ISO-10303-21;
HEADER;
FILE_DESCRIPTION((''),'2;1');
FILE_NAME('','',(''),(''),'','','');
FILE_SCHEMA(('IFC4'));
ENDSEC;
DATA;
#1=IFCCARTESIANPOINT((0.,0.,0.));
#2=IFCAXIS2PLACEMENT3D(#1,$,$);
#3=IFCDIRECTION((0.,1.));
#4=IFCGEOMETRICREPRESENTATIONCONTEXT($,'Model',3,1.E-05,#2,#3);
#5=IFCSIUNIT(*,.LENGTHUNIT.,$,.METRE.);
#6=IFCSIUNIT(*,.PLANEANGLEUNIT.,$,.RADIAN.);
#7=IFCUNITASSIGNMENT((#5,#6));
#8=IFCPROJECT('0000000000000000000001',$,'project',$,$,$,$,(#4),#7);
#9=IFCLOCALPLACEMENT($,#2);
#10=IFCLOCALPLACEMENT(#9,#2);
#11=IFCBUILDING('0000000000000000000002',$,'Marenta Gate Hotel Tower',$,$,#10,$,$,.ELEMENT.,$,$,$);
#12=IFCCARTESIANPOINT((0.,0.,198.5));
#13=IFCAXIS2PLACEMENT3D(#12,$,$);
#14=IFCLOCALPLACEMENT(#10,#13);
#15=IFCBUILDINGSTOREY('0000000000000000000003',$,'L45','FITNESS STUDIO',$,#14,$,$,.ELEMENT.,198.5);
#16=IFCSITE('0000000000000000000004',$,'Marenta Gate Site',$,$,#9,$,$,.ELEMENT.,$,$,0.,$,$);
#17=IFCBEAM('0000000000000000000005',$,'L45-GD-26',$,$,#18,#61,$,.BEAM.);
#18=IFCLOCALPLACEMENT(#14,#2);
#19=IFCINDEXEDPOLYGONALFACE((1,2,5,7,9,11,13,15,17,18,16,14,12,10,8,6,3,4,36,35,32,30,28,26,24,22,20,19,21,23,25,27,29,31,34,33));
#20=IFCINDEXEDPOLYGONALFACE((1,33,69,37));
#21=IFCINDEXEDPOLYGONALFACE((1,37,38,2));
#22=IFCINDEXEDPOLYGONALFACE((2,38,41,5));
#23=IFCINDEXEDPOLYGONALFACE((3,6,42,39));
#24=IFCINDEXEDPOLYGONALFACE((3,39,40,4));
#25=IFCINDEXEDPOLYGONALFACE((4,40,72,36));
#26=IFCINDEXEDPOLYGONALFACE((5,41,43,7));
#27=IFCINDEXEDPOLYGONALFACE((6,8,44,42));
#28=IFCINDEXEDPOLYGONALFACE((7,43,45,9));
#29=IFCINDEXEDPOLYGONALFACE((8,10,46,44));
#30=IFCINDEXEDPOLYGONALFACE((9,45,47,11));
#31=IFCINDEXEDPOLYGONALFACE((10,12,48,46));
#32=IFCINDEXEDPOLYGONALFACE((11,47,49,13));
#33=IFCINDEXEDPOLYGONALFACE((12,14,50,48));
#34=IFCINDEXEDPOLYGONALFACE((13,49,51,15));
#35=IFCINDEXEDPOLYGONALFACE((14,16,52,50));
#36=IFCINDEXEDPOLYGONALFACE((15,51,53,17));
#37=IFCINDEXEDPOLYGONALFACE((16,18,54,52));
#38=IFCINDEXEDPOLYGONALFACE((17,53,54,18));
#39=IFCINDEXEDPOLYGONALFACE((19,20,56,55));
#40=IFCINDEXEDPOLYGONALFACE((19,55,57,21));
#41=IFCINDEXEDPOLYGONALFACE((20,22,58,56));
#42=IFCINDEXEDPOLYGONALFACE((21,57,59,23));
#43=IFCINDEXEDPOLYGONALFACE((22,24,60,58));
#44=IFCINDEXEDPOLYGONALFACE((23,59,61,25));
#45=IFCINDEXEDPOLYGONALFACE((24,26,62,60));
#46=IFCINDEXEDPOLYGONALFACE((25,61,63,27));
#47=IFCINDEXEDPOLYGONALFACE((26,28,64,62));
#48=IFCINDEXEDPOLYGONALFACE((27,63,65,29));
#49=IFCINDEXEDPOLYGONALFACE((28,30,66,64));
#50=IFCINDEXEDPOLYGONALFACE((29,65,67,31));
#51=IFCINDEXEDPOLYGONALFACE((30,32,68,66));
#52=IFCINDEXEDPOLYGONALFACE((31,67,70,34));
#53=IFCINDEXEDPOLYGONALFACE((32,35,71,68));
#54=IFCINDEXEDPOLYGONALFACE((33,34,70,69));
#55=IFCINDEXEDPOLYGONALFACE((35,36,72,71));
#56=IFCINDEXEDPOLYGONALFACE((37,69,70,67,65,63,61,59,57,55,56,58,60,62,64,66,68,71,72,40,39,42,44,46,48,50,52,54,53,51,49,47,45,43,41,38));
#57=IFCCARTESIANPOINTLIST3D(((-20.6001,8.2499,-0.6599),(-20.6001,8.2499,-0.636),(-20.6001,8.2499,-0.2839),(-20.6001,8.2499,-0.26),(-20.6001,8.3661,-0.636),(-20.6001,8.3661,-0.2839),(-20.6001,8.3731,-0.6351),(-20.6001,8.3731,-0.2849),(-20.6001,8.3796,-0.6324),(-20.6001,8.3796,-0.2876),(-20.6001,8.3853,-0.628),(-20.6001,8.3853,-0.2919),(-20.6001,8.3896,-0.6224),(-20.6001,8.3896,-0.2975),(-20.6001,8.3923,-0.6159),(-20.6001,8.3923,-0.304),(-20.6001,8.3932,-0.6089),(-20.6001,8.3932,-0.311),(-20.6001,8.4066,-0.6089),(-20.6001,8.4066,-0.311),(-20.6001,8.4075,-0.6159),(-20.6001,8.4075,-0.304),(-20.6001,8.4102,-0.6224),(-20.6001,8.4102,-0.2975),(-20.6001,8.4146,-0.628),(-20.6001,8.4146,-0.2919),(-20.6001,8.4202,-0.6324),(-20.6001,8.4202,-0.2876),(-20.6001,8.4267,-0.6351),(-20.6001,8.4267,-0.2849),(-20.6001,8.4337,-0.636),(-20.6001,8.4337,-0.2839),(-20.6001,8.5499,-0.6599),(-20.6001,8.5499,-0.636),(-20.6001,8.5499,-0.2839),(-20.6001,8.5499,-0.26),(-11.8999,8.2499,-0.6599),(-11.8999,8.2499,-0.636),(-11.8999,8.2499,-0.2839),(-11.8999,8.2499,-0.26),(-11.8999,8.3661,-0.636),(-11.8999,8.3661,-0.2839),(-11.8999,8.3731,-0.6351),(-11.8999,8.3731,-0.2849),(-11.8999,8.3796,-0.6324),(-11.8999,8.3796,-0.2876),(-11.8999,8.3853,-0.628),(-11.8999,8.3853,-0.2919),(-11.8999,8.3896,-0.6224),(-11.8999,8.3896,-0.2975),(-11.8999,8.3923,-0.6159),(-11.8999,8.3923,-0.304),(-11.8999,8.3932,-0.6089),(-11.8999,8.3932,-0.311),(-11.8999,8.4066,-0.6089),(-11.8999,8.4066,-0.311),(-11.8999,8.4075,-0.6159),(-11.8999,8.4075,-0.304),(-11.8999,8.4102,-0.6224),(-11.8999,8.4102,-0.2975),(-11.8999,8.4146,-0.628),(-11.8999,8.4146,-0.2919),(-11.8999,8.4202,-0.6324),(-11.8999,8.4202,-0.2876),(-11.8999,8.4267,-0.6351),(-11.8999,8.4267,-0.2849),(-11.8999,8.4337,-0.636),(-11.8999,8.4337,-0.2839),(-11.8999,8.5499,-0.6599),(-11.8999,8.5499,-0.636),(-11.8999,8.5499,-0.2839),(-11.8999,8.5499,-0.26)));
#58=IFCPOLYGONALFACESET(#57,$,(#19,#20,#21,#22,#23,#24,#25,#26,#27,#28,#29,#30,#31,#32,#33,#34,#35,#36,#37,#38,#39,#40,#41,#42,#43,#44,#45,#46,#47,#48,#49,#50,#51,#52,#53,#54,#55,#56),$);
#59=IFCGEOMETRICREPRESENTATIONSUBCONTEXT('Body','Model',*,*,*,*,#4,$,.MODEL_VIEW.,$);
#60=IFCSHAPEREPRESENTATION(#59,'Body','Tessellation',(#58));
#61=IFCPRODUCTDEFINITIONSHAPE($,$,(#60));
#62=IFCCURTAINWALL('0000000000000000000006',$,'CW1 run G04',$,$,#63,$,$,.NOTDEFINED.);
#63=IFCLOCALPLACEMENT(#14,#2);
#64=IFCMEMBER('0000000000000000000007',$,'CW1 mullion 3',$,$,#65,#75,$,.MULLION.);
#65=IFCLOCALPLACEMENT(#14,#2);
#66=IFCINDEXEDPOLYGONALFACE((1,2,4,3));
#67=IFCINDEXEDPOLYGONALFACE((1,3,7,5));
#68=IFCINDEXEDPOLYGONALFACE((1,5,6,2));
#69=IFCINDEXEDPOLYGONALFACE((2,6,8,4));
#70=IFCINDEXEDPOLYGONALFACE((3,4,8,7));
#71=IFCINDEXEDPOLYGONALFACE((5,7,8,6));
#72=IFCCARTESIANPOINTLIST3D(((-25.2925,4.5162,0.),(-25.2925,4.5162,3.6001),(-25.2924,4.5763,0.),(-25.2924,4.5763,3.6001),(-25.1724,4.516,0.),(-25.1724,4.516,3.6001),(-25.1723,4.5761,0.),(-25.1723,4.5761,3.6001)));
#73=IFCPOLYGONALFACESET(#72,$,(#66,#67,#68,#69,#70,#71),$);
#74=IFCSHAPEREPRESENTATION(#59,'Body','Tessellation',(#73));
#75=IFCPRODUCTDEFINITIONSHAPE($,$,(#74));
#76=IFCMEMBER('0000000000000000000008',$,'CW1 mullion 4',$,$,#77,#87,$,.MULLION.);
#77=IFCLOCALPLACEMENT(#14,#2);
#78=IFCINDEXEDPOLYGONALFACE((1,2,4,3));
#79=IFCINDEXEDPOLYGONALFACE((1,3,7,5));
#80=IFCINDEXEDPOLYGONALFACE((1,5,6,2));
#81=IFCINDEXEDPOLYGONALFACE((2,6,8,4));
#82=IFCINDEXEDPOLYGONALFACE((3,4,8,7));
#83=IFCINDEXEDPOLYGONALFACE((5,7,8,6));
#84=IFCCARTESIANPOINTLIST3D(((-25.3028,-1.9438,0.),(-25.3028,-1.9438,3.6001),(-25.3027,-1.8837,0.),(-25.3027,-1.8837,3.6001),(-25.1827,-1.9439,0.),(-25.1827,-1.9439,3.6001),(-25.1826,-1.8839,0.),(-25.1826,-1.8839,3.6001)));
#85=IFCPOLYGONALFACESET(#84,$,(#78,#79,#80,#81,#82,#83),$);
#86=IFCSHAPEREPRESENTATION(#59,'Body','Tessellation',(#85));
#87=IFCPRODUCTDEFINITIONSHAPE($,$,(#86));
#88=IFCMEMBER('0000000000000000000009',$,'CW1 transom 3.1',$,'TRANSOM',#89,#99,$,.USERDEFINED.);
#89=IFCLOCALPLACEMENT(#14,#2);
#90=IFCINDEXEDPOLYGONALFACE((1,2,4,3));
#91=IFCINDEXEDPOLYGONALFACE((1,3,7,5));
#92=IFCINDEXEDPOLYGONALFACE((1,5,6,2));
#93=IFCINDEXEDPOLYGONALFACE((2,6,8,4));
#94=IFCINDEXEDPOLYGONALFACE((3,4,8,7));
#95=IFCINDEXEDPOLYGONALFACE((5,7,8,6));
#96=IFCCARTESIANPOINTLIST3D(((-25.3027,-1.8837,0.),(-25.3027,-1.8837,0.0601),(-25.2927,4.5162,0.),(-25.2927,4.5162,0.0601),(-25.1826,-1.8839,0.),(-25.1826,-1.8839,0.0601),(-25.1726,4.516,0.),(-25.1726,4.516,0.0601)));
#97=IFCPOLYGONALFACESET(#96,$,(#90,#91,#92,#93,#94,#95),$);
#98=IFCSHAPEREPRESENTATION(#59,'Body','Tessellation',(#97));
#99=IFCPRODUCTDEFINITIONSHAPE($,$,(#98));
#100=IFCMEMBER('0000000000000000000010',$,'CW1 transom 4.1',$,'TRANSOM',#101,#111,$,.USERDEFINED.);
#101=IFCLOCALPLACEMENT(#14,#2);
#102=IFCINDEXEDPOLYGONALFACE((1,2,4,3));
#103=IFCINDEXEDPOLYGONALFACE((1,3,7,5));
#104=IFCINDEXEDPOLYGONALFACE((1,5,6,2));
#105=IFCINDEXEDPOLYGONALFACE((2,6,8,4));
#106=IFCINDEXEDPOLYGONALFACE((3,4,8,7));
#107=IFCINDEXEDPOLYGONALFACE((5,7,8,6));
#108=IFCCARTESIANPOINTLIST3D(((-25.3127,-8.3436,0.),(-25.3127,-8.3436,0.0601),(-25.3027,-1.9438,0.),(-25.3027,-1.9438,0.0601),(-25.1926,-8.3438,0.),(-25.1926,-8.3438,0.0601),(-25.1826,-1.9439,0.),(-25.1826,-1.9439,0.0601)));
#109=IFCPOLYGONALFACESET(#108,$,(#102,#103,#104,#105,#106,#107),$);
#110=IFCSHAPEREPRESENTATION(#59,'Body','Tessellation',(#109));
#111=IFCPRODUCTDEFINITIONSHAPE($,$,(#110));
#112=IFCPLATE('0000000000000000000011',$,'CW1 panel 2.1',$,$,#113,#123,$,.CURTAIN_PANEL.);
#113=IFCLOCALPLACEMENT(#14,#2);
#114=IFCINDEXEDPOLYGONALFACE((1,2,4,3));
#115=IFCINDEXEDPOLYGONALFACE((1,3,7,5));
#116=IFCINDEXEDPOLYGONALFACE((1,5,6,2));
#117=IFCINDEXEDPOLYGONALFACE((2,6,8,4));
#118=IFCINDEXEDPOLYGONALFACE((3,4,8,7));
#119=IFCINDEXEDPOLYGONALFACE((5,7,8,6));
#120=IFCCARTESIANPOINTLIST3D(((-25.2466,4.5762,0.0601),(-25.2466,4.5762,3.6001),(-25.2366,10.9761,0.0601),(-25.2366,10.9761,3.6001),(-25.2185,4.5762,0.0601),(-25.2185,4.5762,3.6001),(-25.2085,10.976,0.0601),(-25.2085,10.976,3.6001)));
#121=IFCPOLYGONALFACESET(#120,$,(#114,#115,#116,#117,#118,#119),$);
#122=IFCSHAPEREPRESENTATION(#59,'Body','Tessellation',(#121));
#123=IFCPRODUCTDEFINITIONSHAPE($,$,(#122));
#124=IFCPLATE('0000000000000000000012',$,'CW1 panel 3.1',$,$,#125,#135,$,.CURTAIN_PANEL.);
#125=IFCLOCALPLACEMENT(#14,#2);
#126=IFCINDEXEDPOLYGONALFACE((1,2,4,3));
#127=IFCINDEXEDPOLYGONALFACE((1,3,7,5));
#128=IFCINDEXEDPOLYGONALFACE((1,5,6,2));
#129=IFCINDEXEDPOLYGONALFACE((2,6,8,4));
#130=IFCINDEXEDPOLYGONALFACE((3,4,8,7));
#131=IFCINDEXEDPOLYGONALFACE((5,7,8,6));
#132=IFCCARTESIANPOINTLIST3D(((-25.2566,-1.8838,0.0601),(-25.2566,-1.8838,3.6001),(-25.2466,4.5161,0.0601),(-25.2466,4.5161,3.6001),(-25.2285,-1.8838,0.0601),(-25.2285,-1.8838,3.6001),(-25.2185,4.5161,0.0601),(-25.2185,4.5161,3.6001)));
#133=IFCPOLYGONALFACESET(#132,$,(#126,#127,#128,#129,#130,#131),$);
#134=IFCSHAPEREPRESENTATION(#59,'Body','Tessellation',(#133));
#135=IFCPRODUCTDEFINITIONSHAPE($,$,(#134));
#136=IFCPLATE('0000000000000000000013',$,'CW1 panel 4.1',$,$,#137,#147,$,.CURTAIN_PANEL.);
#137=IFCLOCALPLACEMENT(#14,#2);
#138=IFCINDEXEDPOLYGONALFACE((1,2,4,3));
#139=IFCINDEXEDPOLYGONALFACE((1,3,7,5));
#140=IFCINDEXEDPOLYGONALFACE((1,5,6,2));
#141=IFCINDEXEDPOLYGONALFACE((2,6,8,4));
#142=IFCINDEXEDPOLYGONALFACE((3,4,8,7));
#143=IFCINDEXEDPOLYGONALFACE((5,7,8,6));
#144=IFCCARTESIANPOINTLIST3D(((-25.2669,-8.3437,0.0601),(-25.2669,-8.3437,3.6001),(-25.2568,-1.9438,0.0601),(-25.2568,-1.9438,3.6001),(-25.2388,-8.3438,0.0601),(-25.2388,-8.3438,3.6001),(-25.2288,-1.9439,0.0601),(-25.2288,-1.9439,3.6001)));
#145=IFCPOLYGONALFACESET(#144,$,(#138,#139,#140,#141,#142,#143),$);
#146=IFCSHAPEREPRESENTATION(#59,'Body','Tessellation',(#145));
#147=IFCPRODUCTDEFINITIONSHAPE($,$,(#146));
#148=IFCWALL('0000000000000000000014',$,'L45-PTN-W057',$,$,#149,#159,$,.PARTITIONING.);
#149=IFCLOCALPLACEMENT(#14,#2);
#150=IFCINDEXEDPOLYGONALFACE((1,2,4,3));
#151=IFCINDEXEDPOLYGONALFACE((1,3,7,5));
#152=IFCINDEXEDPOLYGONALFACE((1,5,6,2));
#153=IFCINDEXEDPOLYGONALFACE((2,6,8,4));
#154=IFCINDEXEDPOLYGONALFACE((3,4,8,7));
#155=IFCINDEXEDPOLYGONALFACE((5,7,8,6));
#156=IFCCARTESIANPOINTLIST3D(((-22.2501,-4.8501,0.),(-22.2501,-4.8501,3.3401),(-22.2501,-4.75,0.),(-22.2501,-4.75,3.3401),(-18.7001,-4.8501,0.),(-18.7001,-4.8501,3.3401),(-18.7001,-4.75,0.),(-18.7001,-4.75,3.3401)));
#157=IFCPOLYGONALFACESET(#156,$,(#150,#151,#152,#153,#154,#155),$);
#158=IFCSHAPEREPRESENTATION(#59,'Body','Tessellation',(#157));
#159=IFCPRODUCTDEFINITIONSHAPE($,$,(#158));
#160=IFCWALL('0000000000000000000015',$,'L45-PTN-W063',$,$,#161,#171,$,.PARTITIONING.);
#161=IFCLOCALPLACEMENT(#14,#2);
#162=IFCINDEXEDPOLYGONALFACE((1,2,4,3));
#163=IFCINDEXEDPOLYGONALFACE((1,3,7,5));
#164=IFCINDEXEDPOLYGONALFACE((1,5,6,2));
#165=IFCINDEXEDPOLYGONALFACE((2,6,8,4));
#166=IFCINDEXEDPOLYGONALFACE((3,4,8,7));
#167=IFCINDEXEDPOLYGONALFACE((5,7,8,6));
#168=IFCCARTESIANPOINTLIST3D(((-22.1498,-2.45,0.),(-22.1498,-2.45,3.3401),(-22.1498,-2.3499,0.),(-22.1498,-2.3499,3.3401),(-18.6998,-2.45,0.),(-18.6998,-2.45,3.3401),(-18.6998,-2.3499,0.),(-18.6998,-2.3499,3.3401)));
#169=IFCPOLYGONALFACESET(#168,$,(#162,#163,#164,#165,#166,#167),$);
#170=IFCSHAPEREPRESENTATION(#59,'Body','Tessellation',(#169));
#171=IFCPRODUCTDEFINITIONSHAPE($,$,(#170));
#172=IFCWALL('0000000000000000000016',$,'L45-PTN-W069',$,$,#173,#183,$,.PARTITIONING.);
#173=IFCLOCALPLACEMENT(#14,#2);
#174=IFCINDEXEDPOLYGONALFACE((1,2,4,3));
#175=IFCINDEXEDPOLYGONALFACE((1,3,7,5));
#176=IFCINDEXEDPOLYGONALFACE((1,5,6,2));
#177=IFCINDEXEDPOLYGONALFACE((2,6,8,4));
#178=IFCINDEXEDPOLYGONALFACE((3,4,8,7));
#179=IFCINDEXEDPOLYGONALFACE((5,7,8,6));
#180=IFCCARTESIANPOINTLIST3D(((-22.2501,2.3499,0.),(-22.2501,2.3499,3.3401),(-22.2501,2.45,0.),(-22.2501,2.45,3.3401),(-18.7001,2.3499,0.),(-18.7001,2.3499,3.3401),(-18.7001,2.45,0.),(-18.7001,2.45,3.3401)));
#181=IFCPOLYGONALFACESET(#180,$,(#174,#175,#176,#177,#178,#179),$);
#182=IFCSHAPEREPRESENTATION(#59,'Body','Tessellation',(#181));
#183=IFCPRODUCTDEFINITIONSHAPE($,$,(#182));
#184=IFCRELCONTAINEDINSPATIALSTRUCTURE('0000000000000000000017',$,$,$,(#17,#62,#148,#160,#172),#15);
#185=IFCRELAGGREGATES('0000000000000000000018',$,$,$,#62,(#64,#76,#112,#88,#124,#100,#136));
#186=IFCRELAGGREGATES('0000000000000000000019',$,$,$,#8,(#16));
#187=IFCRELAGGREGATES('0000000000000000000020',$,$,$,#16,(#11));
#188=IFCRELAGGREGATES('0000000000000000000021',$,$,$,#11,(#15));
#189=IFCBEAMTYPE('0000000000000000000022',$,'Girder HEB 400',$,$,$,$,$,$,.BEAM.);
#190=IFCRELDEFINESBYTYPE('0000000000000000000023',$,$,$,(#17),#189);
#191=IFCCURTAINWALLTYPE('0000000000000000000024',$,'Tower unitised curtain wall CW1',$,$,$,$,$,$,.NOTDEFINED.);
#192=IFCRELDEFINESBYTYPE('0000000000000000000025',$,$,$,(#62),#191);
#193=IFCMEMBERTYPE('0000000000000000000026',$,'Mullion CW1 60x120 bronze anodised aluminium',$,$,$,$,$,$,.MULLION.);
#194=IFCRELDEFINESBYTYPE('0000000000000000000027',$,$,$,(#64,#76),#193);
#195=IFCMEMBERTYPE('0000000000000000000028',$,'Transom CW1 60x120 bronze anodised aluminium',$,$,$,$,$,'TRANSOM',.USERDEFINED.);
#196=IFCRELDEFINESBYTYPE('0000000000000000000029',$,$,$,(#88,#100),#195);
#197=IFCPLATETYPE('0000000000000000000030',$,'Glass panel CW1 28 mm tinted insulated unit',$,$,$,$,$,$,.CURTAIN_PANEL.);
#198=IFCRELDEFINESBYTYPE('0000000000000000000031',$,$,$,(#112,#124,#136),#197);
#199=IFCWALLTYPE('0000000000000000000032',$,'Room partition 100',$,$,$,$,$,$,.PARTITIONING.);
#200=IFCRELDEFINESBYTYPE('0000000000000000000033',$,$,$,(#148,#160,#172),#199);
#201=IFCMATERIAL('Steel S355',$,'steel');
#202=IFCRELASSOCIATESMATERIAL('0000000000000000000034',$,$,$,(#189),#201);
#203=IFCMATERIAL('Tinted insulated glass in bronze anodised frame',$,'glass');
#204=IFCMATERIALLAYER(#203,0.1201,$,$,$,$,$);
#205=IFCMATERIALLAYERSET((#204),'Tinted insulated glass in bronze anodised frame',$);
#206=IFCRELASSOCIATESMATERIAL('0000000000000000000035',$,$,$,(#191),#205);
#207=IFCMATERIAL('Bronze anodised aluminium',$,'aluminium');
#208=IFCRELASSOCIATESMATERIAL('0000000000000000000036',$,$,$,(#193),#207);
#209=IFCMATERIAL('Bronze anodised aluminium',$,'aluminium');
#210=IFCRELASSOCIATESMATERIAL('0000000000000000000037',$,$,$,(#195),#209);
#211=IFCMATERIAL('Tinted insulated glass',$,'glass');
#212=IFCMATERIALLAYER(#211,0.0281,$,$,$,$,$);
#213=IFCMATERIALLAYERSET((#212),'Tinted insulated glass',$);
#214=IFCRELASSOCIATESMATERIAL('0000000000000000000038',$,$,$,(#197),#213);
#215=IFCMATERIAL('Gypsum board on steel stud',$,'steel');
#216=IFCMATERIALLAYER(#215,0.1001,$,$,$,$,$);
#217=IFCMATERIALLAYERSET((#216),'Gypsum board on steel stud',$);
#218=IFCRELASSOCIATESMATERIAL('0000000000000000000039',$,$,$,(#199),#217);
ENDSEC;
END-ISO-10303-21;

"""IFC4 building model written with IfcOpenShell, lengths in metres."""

from ifc_helpers import new_model, si_unit, direction, frame, frame_2d, origin, origin_2d, place, context, subcontext, project, spatial, rectangle, i_section, extrude, material, layer, layer_set, material_profile, profile_set, type_object, element, aggregate, save


model = new_model("IFC4")

# Units and contexts
model_context = context("Model", 3, precision=1e-05, world=origin(), true_north=direction((0.0, 1.0)))
body_context = subcontext(model_context, "Body", "Model", "MODEL_VIEW")
ifc_project = project(units=[si_unit("LENGTHUNIT", "METRE"), si_unit("PLANEANGLEUNIT", "RADIAN")], contexts=[model_context])

# Site, building, storey
site_placement = place(None, origin())
site = spatial("IfcSite", under=ifc_project, at=site_placement, Name="Marenta Gate Site", CompositionType="ELEMENT", RefElevation=0.0)
building_placement = place(site_placement, origin())
building = spatial("IfcBuilding", under=site, at=building_placement, Name="Marenta Gate Hotel Tower", CompositionType="ELEMENT")
storey_placement = place(building_placement, frame((0.0, 0.0, 198.5)))
storey = spatial("IfcBuildingStorey", under=building, at=storey_placement, Name="L45", Description="FITNESS STUDIO", CompositionType="ELEMENT", Elevation=198.5)

# Beam
ifc_material_1 = material(Name="Steel S355", Category="steel")
ifc_material_profile_1 = material_profile(ifc_material_1, i_section(OverallWidth=0.3, OverallDepth=0.3999, WebThickness=0.0134, FlangeThickness=0.0239, FilletRadius=0.0271, at=origin_2d()), Name="HEB 400")
ifc_profile_set_1 = profile_set([ifc_material_profile_1], Name="Steel S355")
beam_type_1 = type_object("IfcBeamType", Name="Girder HEB 400", PredefinedType="BEAM", material=ifc_profile_set_1)
beam_1_placement = place(storey_placement, frame((-20.6001, 8.3999, -0.46), z_axis=(1.0, 0.0, 0.0), x_axis=(0.0, 1.0, 0.0)))
element("IfcBeam", 1, at=beam_1_placement, inside=storey, type_object=beam_type_1, Name="L45-GD-26", PredefinedType="BEAM", context=body_context, shape_type="SweptSolid", body=[
    extrude(i_section(OverallWidth=0.3, OverallDepth=0.3999, WebThickness=0.0134, FlangeThickness=0.0239, FilletRadius=0.0271, at=origin_2d()), origin(), (0.0, 0.0, 1.0), 8.7002),
])

# Curtain wall, members, plates
ifc_material_2 = material(Name="Tinted insulated glass in bronze anodised frame", Category="glass")
ifc_layer_1 = layer(ifc_material_2, 0.1201)
ifc_layer_set_1 = layer_set([ifc_layer_1], Name="Tinted insulated glass in bronze anodised frame")
curtain_wall_type = type_object("IfcCurtainWallType", Name="Tower unitised curtain wall CW1", PredefinedType="NOTDEFINED", material=ifc_layer_set_1)
curtain_wall_placement = place(storey_placement, origin())
curtain_wall = element("IfcCurtainWall", 2, at=curtain_wall_placement, inside=storey, type_object=curtain_wall_type, Name="CW1 run G04", PredefinedType="NOTDEFINED")
ifc_material_3 = material(Name="Bronze anodised aluminium", Category="aluminium")
ifc_material_profile_2 = material_profile(ifc_material_3, rectangle(XDim=0.1201, YDim=0.0601, at=origin_2d()), Name="Mullion CW1 60x120 bronze anodised aluminium")
ifc_profile_set_2 = profile_set([ifc_material_profile_2], Name="Bronze anodised aluminium")
member_type_1 = type_object("IfcMemberType", Name="Mullion CW1 60x120 bronze anodised aluminium", PredefinedType="MULLION", material=ifc_profile_set_2)
member_1_placement = place(storey_placement, frame((-25.2324, 4.5461, 0.0), z_axis=(0.0, 0.0, 1.0), x_axis=(0.999999, -0.001566, 0.0)))
member_1 = element("IfcMember", 3, at=member_1_placement, type_object=member_type_1, Name="CW1 mullion 3", PredefinedType="MULLION", context=body_context, shape_type="SweptSolid", body=[
    extrude(rectangle(XDim=0.1201, YDim=0.0601, at=origin_2d()), origin(), (0.0, 0.0, 1.0), 3.6001),
])
member_2_placement = place(storey_placement, frame((-25.2427, -1.9138, 0.0), z_axis=(0.0, 0.0, 1.0), x_axis=(0.999999, -0.001566, 0.0)))
member_2 = element("IfcMember", 4, at=member_2_placement, type_object=member_type_1, Name="CW1 mullion 4", PredefinedType="MULLION", context=body_context, shape_type="SweptSolid", body=[
    extrude(rectangle(XDim=0.1201, YDim=0.0601, at=origin_2d()), origin(), (0.0, 0.0, 1.0), 3.6001),
])
ifc_material_4 = material(Name="Bronze anodised aluminium", Category="aluminium")
ifc_material_profile_3 = material_profile(ifc_material_4, rectangle(XDim=0.1201, YDim=0.0601, at=origin_2d()), Name="Transom CW1 60x120 bronze anodised aluminium")
ifc_profile_set_3 = profile_set([ifc_material_profile_3], Name="Bronze anodised aluminium")
member_type_2 = type_object("IfcMemberType", Name="Transom CW1 60x120 bronze anodised aluminium", ElementType="TRANSOM", PredefinedType="USERDEFINED", material=ifc_profile_set_3)
member_3_placement = place(storey_placement, frame((-25.2327, 4.5161, 0.03), z_axis=(-0.001564, -0.999999, 0.0), x_axis=(0.999999, -0.001564, 0.0)))
member_3 = element("IfcMember", 5, at=member_3_placement, type_object=member_type_2, Name="CW1 transom 3.1", ObjectType="TRANSOM", PredefinedType="USERDEFINED", context=body_context, shape_type="SweptSolid", body=[
    extrude(rectangle(XDim=0.1201, YDim=0.0601, at=origin_2d()), origin(), (0.0, 0.0, 1.0), 6.3999),
])
member_4_placement = place(storey_placement, frame((-25.2427, -1.9438, 0.03), z_axis=(-0.001564, -0.999999, 0.0), x_axis=(0.999999, -0.001564, 0.0)))
member_4 = element("IfcMember", 6, at=member_4_placement, type_object=member_type_2, Name="CW1 transom 4.1", ObjectType="TRANSOM", PredefinedType="USERDEFINED", context=body_context, shape_type="SweptSolid", body=[
    extrude(rectangle(XDim=0.1201, YDim=0.0601, at=origin_2d()), origin(), (0.0, 0.0, 1.0), 6.3999),
])
ifc_material_5 = material(Name="Tinted insulated glass", Category="glass")
ifc_layer_2 = layer(ifc_material_5, 0.0281)
ifc_layer_set_2 = layer_set([ifc_layer_2], Name="Tinted insulated glass")
plate_type = type_object("IfcPlateType", Name="Glass panel CW1 28 mm tinted insulated unit", PredefinedType="CURTAIN_PANEL", material=ifc_layer_set_2)
plate_1_placement = place(storey_placement, frame((-25.2275, 7.7761, 0.0601), z_axis=(0.0, 0.0, 1.0), x_axis=(-0.001566, -0.999999, 0.0)))
plate_1 = element("IfcPlate", 7, at=plate_1_placement, type_object=plate_type, Name="CW1 panel 2.1", PredefinedType="CURTAIN_PANEL", context=body_context, shape_type="SweptSolid", body=[
    extrude(rectangle(XDim=6.3999, YDim=0.0281, at=origin_2d()), origin(), (0.0, 0.0, 1.0), 3.54),
])
plate_2_placement = place(storey_placement, frame((-25.2375, 1.3162, 0.0601), z_axis=(0.0, 0.0, 1.0), x_axis=(-0.001566, -0.999999, 0.0)))
plate_2 = element("IfcPlate", 8, at=plate_2_placement, type_object=plate_type, Name="CW1 panel 3.1", PredefinedType="CURTAIN_PANEL", context=body_context, shape_type="SweptSolid", body=[
    extrude(rectangle(XDim=6.3999, YDim=0.0281, at=origin_2d()), origin(), (0.0, 0.0, 1.0), 3.54),
])
plate_3_placement = place(storey_placement, frame((-25.2478, -5.1438, 0.0601), z_axis=(0.0, 0.0, 1.0), x_axis=(-0.001566, -0.999999, 0.0)))
plate_3 = element("IfcPlate", 9, at=plate_3_placement, type_object=plate_type, Name="CW1 panel 4.1", PredefinedType="CURTAIN_PANEL", context=body_context, shape_type="SweptSolid", body=[
    extrude(rectangle(XDim=6.3999, YDim=0.0281, at=origin_2d()), origin(), (0.0, 0.0, 1.0), 3.54),
])
aggregate(curtain_wall, [member_1, member_2, plate_1, member_3, plate_2, member_4, plate_3])

# Walls
ifc_material_6 = material(Name="Gypsum board on steel stud", Category="steel")
ifc_layer_3 = layer(ifc_material_6, 0.1001)
ifc_layer_set_3 = layer_set([ifc_layer_3], Name="Gypsum board on steel stud")
wall_type_1 = type_object("IfcWallType", Name="Room partition 100", PredefinedType="PARTITIONING", material=ifc_layer_set_3)
wall_1_placement = place(storey_placement, frame((-22.25, -4.8, 0.0), z_axis=(0.0, 0.0, 1.0), x_axis=(1.0, 0.0, 0.0)))
element("IfcWall", 10, at=wall_1_placement, inside=storey, type_object=wall_type_1, Name="L45-PTN-W057", PredefinedType="PARTITIONING", context=body_context, shape_type="SweptSolid", body=[
    extrude(rectangle(XDim=3.55, YDim=0.1001, at=frame_2d((1.7749, 0.0))), origin(), (0.0, 0.0, 1.0), 3.3401),
])
wall_2_placement = place(storey_placement, frame((-22.1499, -2.3999, 0.0), z_axis=(0.0, 0.0, 1.0), x_axis=(1.0, 0.0, 0.0)))
element("IfcWall", 11, at=wall_2_placement, inside=storey, type_object=wall_type_1, Name="L45-PTN-W063", PredefinedType="PARTITIONING", context=body_context, shape_type="SweptSolid", body=[
    extrude(rectangle(XDim=3.45, YDim=0.1001, at=frame_2d((1.7251, 0.0))), origin(), (0.0, 0.0, 1.0), 3.3401),
])
wall_3_placement = place(storey_placement, frame((-22.25, 2.3999, 0.0), z_axis=(0.0, 0.0, 1.0), x_axis=(1.0, 0.0, 0.0)))
element("IfcWall", 12, at=wall_3_placement, inside=storey, type_object=wall_type_1, Name="L45-PTN-W069", PredefinedType="PARTITIONING", context=body_context, shape_type="SweptSolid", body=[
    extrude(rectangle(XDim=3.55, YDim=0.1001, at=frame_2d((1.7749, 0.0))), origin(), (0.0, 0.0, 1.0), 3.3401),
])

save(model, "model.ifc")
